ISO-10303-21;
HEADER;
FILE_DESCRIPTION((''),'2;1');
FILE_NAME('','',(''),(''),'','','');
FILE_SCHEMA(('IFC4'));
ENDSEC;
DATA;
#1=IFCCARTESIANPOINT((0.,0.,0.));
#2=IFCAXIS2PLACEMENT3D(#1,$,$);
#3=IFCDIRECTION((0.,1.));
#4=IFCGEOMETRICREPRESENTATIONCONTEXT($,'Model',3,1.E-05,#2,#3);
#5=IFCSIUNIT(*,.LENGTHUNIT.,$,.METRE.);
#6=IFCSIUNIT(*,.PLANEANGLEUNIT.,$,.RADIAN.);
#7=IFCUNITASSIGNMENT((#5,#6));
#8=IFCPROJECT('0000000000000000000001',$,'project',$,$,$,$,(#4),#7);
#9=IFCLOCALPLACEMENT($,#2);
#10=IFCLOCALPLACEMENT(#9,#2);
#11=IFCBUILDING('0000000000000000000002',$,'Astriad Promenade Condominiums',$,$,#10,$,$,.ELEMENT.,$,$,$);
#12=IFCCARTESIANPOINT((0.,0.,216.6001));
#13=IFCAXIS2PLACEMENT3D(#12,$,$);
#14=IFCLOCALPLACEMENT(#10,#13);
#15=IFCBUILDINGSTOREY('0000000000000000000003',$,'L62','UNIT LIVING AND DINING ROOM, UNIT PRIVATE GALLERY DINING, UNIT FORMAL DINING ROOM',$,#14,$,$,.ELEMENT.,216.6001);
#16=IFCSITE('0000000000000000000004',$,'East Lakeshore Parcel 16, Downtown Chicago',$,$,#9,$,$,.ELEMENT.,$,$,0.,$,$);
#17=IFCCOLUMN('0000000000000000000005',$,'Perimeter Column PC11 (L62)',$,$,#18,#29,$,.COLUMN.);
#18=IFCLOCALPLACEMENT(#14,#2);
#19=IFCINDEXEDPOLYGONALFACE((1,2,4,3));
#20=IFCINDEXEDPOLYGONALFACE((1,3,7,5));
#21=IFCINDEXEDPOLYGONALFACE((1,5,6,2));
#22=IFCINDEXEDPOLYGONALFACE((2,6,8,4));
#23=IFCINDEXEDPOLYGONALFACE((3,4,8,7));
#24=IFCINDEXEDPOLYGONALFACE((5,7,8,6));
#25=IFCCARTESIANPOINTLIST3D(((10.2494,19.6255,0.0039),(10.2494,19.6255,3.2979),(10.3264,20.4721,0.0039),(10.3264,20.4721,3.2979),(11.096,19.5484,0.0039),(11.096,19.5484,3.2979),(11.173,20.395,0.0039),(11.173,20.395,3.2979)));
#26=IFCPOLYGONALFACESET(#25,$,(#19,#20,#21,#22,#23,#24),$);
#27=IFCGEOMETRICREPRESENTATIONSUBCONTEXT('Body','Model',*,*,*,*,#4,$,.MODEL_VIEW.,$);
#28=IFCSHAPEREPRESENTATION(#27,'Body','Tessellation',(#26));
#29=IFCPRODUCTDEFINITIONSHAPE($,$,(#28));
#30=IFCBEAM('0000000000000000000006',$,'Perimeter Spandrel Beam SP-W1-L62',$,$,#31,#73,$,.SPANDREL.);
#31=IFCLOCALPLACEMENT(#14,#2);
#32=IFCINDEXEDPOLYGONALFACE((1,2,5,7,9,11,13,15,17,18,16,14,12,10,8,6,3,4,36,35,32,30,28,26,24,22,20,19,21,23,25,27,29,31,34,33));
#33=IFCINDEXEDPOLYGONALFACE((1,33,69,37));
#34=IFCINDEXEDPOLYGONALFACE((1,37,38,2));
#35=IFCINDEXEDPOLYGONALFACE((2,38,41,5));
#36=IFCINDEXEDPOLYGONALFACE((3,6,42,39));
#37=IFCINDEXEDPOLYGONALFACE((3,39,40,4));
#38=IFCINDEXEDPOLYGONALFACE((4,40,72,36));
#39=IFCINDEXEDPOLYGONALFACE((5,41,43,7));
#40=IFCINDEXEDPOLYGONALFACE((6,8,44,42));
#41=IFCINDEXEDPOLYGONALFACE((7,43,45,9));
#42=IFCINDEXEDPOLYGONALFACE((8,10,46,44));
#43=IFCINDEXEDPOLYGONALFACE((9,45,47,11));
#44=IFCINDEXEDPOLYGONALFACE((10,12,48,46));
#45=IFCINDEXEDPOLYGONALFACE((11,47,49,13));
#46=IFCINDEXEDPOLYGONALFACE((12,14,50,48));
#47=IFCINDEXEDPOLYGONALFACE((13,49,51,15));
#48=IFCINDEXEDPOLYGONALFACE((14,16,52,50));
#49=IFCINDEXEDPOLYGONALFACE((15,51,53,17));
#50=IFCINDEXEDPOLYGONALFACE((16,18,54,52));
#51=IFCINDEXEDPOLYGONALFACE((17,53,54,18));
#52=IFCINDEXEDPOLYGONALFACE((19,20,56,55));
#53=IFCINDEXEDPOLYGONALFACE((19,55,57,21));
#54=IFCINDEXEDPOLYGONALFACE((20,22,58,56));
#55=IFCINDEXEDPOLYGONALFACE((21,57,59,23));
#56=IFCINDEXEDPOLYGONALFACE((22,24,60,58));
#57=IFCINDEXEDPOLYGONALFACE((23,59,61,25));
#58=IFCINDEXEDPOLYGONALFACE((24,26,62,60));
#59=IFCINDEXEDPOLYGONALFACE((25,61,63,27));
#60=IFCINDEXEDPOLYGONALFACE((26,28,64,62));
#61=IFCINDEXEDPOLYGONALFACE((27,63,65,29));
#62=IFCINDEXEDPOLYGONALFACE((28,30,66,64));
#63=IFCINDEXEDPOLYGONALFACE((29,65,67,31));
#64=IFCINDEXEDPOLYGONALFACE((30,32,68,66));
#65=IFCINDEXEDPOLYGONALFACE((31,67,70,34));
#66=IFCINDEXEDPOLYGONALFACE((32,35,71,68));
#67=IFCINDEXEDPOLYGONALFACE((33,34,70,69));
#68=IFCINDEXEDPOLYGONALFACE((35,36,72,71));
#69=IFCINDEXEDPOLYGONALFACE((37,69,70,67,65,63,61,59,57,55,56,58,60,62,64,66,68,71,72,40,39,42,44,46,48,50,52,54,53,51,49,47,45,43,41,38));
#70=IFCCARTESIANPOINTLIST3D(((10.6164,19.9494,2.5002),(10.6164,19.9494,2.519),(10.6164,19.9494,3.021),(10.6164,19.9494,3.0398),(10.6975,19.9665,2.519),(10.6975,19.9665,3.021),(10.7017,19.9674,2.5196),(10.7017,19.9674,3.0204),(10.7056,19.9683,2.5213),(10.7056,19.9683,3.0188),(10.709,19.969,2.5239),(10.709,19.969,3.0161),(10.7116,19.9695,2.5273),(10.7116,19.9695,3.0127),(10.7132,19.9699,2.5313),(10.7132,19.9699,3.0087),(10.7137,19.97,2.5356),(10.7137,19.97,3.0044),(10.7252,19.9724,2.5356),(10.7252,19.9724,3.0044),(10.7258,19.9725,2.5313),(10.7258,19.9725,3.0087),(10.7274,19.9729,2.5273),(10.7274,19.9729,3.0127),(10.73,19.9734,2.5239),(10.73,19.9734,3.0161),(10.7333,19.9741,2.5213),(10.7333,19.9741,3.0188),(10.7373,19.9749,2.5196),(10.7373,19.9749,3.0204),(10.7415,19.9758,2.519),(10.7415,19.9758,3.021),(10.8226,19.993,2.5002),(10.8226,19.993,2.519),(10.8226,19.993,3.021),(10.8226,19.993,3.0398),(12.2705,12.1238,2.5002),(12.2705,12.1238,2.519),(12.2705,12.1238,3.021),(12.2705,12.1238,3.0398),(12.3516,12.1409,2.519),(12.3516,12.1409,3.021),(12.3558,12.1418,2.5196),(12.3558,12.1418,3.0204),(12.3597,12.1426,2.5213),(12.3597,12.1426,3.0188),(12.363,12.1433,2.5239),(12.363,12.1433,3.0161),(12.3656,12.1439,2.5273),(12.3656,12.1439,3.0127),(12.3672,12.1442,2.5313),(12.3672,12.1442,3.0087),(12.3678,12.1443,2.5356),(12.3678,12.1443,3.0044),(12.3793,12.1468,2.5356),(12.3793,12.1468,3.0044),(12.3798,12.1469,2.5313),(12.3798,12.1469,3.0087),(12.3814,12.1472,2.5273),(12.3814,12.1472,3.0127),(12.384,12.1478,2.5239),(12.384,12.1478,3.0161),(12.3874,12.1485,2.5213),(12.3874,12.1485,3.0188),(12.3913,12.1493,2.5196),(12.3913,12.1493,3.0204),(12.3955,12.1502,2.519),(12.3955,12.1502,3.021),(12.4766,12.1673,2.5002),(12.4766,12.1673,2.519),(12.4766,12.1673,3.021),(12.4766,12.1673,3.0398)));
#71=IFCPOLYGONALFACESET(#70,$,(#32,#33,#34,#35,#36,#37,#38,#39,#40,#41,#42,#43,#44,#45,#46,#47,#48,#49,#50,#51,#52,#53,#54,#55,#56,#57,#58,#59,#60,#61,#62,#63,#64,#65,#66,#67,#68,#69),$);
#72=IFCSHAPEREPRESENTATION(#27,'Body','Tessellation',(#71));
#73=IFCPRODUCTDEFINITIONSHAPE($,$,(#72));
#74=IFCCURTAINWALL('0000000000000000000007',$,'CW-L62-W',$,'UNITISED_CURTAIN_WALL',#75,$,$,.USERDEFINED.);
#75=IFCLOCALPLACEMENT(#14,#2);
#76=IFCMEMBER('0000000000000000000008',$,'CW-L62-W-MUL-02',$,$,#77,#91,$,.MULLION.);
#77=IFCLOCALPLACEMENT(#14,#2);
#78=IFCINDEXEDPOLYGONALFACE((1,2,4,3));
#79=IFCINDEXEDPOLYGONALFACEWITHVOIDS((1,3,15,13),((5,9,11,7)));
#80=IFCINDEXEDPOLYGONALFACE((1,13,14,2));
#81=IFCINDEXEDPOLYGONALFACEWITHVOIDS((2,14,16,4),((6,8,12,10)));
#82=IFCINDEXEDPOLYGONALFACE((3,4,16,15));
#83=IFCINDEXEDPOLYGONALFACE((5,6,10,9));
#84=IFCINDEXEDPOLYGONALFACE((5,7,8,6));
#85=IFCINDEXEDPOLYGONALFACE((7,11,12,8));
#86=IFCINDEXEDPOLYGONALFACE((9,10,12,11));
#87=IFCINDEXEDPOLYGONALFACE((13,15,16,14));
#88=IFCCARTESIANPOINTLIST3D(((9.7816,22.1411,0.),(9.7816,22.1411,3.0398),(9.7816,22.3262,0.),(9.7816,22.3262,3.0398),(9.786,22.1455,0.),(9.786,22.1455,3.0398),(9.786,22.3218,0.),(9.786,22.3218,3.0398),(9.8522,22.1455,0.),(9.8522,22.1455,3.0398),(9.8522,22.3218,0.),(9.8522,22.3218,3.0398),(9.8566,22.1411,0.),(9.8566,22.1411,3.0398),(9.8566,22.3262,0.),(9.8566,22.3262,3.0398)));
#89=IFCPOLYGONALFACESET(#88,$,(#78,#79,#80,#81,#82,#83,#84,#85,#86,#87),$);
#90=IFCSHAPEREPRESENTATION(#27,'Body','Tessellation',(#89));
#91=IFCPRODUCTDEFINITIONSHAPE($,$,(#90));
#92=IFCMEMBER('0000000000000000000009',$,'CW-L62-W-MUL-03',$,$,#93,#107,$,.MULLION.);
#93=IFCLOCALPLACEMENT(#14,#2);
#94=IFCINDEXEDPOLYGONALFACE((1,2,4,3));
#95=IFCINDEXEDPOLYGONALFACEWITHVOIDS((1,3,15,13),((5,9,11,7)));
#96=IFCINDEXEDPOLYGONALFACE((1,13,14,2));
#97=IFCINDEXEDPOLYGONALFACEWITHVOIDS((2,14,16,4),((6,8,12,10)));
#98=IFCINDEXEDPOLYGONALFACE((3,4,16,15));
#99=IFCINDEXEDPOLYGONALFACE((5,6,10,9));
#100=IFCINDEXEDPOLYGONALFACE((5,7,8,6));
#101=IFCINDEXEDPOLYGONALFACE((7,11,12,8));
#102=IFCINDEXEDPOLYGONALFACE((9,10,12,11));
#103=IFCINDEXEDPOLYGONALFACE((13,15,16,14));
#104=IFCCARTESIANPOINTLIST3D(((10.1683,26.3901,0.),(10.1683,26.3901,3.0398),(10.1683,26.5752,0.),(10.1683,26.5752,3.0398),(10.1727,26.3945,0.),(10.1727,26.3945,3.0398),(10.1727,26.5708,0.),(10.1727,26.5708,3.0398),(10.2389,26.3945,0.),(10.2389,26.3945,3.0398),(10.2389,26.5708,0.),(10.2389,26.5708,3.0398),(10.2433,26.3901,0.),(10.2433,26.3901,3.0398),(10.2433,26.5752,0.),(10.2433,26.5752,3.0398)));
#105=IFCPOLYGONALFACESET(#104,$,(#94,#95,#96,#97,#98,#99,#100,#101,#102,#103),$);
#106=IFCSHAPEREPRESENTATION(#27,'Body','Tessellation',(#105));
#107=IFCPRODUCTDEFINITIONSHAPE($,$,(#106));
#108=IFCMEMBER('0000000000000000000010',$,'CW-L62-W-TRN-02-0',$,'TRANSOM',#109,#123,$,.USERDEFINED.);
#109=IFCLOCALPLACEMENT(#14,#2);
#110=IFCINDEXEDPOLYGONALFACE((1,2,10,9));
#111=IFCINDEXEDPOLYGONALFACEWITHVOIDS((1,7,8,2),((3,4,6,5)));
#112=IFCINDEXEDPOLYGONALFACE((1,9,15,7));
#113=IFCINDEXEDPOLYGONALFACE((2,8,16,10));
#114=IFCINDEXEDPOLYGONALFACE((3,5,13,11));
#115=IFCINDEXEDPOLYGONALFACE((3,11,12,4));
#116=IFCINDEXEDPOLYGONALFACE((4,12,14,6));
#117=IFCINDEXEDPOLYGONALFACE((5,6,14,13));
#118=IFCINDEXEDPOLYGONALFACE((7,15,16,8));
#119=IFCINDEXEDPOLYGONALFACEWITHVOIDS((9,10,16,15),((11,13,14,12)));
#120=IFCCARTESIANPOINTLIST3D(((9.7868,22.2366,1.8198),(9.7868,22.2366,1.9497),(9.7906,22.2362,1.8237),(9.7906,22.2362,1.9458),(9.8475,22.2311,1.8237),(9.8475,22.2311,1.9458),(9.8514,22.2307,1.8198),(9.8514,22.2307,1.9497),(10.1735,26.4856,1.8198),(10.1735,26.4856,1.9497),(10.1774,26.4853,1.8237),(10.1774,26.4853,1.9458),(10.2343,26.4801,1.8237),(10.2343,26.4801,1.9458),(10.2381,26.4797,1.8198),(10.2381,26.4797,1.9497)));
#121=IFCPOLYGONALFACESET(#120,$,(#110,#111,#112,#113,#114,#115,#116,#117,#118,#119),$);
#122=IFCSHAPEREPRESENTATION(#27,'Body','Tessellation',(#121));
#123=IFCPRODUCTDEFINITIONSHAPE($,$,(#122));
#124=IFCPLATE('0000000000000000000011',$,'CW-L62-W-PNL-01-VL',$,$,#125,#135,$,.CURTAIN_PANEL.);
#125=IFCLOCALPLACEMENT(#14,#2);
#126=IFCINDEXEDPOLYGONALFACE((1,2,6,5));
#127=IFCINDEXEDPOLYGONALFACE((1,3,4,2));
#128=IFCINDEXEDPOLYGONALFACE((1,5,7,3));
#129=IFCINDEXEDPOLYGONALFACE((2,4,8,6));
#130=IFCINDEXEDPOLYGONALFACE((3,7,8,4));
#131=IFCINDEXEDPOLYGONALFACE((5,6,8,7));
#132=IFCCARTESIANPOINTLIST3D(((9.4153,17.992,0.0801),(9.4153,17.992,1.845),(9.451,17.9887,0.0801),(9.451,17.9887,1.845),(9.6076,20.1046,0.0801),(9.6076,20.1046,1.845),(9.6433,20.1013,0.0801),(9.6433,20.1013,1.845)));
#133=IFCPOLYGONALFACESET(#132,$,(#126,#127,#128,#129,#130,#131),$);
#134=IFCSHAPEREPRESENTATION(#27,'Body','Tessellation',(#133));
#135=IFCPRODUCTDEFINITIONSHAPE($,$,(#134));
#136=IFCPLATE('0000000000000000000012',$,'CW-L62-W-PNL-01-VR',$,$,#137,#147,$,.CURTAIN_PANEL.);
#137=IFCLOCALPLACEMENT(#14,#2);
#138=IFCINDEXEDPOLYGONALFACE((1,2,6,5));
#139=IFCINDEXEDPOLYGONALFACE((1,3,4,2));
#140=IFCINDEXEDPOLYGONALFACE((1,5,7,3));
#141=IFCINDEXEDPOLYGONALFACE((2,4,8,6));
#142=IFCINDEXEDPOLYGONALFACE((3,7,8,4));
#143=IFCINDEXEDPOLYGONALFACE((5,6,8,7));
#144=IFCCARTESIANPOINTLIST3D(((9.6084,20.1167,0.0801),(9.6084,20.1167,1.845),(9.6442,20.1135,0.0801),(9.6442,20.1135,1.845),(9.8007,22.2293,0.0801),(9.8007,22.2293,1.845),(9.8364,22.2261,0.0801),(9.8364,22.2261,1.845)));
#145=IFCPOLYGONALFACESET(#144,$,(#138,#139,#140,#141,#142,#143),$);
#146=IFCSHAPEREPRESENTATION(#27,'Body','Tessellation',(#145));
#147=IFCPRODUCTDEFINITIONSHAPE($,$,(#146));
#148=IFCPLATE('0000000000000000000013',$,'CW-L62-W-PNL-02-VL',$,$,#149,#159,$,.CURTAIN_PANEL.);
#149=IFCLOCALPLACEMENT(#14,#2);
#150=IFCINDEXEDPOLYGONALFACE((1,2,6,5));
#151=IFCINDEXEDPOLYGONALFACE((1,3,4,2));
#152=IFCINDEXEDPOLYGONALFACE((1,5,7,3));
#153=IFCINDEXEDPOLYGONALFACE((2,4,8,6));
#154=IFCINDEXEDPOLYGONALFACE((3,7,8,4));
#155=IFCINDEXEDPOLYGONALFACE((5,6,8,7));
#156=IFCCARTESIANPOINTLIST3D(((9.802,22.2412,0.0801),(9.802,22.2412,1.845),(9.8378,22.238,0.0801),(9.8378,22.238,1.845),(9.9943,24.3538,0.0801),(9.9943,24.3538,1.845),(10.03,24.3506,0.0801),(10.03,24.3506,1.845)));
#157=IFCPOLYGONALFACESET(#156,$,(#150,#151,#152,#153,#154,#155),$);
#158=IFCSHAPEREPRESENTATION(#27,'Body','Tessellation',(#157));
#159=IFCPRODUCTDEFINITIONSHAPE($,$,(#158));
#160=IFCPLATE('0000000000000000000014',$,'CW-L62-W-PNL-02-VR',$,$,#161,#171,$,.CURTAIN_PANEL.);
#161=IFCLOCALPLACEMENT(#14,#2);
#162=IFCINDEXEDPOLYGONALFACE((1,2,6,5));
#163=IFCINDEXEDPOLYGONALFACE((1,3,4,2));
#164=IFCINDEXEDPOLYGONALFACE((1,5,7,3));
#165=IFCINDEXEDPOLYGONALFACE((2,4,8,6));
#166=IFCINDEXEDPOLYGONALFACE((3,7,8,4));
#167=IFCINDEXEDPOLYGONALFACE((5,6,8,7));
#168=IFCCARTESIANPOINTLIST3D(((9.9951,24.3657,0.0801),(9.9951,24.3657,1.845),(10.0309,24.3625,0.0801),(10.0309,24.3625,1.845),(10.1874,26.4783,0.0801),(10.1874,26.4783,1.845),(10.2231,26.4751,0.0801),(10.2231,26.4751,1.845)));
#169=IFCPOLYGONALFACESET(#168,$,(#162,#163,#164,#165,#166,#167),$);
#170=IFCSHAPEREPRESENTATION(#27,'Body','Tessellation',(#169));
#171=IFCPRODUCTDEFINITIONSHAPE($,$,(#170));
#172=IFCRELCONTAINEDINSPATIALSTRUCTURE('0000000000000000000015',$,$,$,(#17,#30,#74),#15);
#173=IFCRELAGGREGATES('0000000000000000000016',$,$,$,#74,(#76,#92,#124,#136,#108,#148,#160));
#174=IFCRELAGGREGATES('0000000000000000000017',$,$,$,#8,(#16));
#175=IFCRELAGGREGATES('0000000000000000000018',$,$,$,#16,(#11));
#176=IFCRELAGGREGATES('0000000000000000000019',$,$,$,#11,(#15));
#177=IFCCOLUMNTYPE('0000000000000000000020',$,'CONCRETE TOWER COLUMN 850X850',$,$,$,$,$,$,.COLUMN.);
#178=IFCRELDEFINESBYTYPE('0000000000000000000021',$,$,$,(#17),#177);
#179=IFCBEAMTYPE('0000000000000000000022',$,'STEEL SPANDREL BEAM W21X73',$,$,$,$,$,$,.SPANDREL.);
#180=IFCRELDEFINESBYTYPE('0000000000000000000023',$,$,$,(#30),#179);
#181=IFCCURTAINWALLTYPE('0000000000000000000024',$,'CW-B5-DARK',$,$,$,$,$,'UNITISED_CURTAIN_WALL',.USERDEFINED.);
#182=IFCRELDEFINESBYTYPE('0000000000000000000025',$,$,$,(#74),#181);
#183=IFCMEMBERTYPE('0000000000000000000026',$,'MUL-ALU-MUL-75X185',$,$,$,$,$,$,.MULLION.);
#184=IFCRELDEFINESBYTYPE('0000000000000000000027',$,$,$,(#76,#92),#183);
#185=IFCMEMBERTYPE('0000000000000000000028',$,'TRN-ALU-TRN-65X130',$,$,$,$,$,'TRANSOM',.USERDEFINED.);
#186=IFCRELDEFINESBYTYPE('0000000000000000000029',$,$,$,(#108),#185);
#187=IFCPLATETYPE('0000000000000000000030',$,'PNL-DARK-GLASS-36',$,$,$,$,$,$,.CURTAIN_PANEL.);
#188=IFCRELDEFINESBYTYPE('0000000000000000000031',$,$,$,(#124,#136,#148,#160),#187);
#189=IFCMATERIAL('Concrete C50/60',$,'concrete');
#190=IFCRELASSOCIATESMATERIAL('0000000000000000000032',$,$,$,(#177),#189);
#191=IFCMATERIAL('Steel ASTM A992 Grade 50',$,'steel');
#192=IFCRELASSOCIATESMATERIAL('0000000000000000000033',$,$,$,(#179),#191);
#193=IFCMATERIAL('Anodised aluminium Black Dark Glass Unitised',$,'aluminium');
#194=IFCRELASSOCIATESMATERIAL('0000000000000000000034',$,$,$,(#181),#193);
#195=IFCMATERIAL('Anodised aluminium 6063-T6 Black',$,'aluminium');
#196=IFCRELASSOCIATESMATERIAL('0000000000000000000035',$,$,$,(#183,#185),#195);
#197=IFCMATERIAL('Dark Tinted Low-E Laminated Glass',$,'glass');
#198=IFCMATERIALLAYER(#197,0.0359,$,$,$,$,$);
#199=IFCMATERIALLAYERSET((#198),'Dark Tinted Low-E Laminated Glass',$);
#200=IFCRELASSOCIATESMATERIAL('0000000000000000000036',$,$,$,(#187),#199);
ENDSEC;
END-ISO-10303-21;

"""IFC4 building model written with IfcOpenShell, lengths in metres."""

from ifc_helpers import new_model, si_unit, direction, frame, origin, origin_2d, place, context, subcontext, project, spatial, rectangle, hollow_rectangle, i_section, extrude, source, transform, mapped, material, layer, layer_set, material_profile, profile_set, type_object, type_shapes, element, aggregate, save


model = new_model("IFC4")

# Units and contexts
model_context = context("Model", 3, precision=1e-05, world=origin(), true_north=direction((0.0, 1.0)))
body_context = subcontext(model_context, "Body", "Model", "MODEL_VIEW")
ifc_project = project(units=[si_unit("LENGTHUNIT", "METRE"), si_unit("PLANEANGLEUNIT", "RADIAN")], contexts=[model_context])

# Site, building, storey
site_placement = place(None, origin())
site = spatial("IfcSite", under=ifc_project, at=site_placement, Name="East Lakeshore Parcel 16, Downtown Chicago", CompositionType="ELEMENT", RefElevation=0.0)
building_placement = place(site_placement, origin())
building = spatial("IfcBuilding", under=site, at=building_placement, Name="Astriad Promenade Condominiums", CompositionType="ELEMENT")
storey_placement = place(building_placement, frame((0.0, 0.0, 216.6001)))
storey = spatial("IfcBuildingStorey", under=building, at=storey_placement, Name="L62", Description="UNIT LIVING AND DINING ROOM, UNIT PRIVATE GALLERY DINING, UNIT FORMAL DINING ROOM", CompositionType="ELEMENT", Elevation=216.6001)

# Column
ifc_material_1 = material(Name="Concrete C50/60", Category="concrete")
ifc_material_profile_1 = material_profile(ifc_material_1, rectangle(XDim=0.8501, YDim=0.8501, at=origin_2d()), Name="RC-COL-850X850")
ifc_profile_set_1 = profile_set([ifc_material_profile_1], Name="Concrete C50/60")
column_type = type_object("IfcColumnType", Name="CONCRETE TOWER COLUMN 850X850", PredefinedType="COLUMN", material=ifc_profile_set_1)
shared_shape_1 = source(origin(), body_context, "Body", "SweptSolid", [
    extrude(rectangle(XDim=0.8501, YDim=0.8501, at=origin_2d()), origin(), (0.0, 0.0, 1.0), 3.2939),
])
type_shapes(column_type, [shared_shape_1])
column_placement = place(storey_placement, frame((10.7112, 20.0103, 0.0039), z_axis=(0.0, 0.0, 1.0), x_axis=(0.995884, -0.090633, 0.0)))
element("IfcColumn", 1, at=column_placement, inside=storey, type_object=column_type, Name="Perimeter Column PC11 (L62)", PredefinedType="COLUMN", context=body_context, shape_type="MappedRepresentation", body=[
    mapped(shared_shape_1, transform((0.0, 0.0, 0.0), scale=1.0)),
])

# Beam
ifc_material_2 = material(Name="Steel ASTM A992 Grade 50", Category="steel")
ifc_material_profile_2 = material_profile(ifc_material_2, i_section(OverallWidth=0.2107, OverallDepth=0.5396, WebThickness=0.0117, FlangeThickness=0.0188, FilletRadius=0.0166, at=origin_2d()), Name="W21X73")
ifc_profile_set_2 = profile_set([ifc_material_profile_2], Name="Steel ASTM A992 Grade 50")
beam_type = type_object("IfcBeamType", Name="STEEL SPANDREL BEAM W21X73", PredefinedType="SPANDREL", material=ifc_profile_set_2)
shared_shape_2 = source(origin(), body_context, "Body", "SweptSolid", [
    extrude(i_section(OverallWidth=0.2107, OverallDepth=0.5396, WebThickness=0.0117, FlangeThickness=0.0188, FilletRadius=0.0166, at=origin_2d()), origin(), (0.0, 0.0, 1.0), 7.9985),
])
type_shapes(beam_type, [shared_shape_2])
beam_placement = place(storey_placement, frame((10.7195, 19.9712, 2.77), z_axis=(0.206793, -0.978385, 0.0), x_axis=(0.978385, 0.206793, 0.0)))
element("IfcBeam", 2, at=beam_placement, inside=storey, type_object=beam_type, Name="Perimeter Spandrel Beam SP-W1-L62", PredefinedType="SPANDREL", context=body_context, shape_type="MappedRepresentation", body=[
    mapped(shared_shape_2, transform((0.0, 0.0, 0.0), scale=1.0)),
])

# Curtain wall, members, plates
ifc_material_3 = material(Name="Anodised aluminium Black Dark Glass Unitised", Category="aluminium")
curtain_wall_type = type_object("IfcCurtainWallType", Name="CW-B5-DARK", ElementType="UNITISED_CURTAIN_WALL", PredefinedType="USERDEFINED", material=ifc_material_3)
curtain_wall_placement = place(storey_placement, origin())
curtain_wall = element("IfcCurtainWall", 3, at=curtain_wall_placement, inside=storey, type_object=curtain_wall_type, Name="CW-L62-W", ObjectType="UNITISED_CURTAIN_WALL", PredefinedType="USERDEFINED")
ifc_material_4 = material(Name="Anodised aluminium 6063-T6 Black", Category="aluminium")
ifc_material_profile_3 = material_profile(ifc_material_4, hollow_rectangle(XDim=0.075, YDim=0.1851, WallThickness=0.0044, at=origin_2d()), Name="ALU-MUL-75X185")
ifc_profile_set_3 = profile_set([ifc_material_profile_3], Name="Anodised aluminium 6063-T6 Black")
member_type_1 = type_object("IfcMemberType", Name="MUL-ALU-MUL-75X185", PredefinedType="MULLION", material=ifc_profile_set_3)
shared_shape_3 = source(origin(), body_context, "Body", "SweptSolid", [
    extrude(hollow_rectangle(XDim=0.075, YDim=0.1851, WallThickness=0.0044, at=origin_2d()), origin(), (0.0, 0.0, 1.0), 3.0398),
])
type_shapes(member_type_1, [shared_shape_3])
member_1_placement = place(storey_placement, frame((9.8191, 22.2336, 0.0), z_axis=(0.0, 0.0, 1.0), x_axis=(1.0, 0.0, 0.0)))
member_1 = element("IfcMember", 4, at=member_1_placement, type_object=member_type_1, Name="CW-L62-W-MUL-02", PredefinedType="MULLION", context=body_context, shape_type="MappedRepresentation", body=[
    mapped(shared_shape_3, transform((0.0, 0.0, 0.0), scale=1.0)),
])
member_2_placement = place(storey_placement, frame((10.2058, 26.4827, 0.0), z_axis=(0.0, 0.0, 1.0), x_axis=(1.0, 0.0, 0.0)))
member_2 = element("IfcMember", 5, at=member_2_placement, type_object=member_type_1, Name="CW-L62-W-MUL-03", PredefinedType="MULLION", context=body_context, shape_type="MappedRepresentation", body=[
    mapped(shared_shape_3, transform((0.0, 0.0, 0.0), scale=1.0)),
])
ifc_material_profile_4 = material_profile(ifc_material_4, hollow_rectangle(XDim=0.0649, YDim=0.1299, WallThickness=0.0039, at=origin_2d()), Name="ALU-TRN-65X130")
ifc_profile_set_4 = profile_set([ifc_material_profile_4], Name="Anodised aluminium 6063-T6 Black")
member_type_2 = type_object("IfcMemberType", Name="TRN-ALU-TRN-65X130", ElementType="TRANSOM", PredefinedType="USERDEFINED", material=ifc_profile_set_4)
shared_shape_4 = source(origin(), body_context, "Body", "SweptSolid", [
    extrude(hollow_rectangle(XDim=0.0649, YDim=0.1299, WallThickness=0.0039, at=origin_2d()), origin(), (0.0, 0.0, 1.0), 4.2666),
])
type_shapes(member_type_2, [shared_shape_4])
member_3_placement = place(storey_placement, frame((9.8191, 22.2336, 1.8848), z_axis=(0.090639, 0.995884, 0.0), x_axis=(-0.995884, 0.090639, 0.0)))
member_3 = element("IfcMember", 6, at=member_3_placement, type_object=member_type_2, Name="CW-L62-W-TRN-02-0", ObjectType="TRANSOM", PredefinedType="USERDEFINED", context=body_context, shape_type="MappedRepresentation", body=[
    mapped(shared_shape_4, transform((0.0, 0.0, 0.0), scale=1.0)),
])
ifc_material_5 = material(Name="Dark Tinted Low-E Laminated Glass", Category="glass")
ifc_layer_1 = layer(ifc_material_5, 0.0359)
ifc_layer_set_1 = layer_set([ifc_layer_1], Name="Dark Tinted Low-E Laminated Glass")
plate_type = type_object("IfcPlateType", Name="PNL-DARK-GLASS-36", PredefinedType="CURTAIN_PANEL", material=ifc_layer_set_1)
shared_shape_5 = source(origin(), body_context, "Body", "SweptSolid", [
    extrude(rectangle(XDim=2.1213, YDim=0.0359, at=origin_2d()), origin(), (0.0, 0.0, 1.0), 1.7649),
])
plate_1_placement = place(storey_placement, frame((9.5293, 19.0466, 0.0801), z_axis=(0.0, 0.0, 1.0), x_axis=(0.090633, 0.995884, 0.0)))
plate_1 = element("IfcPlate", 7, at=plate_1_placement, type_object=plate_type, Name="CW-L62-W-PNL-01-VL", PredefinedType="CURTAIN_PANEL", context=body_context, shape_type="MappedRepresentation", body=[
    mapped(shared_shape_5, transform((0.0, 0.0, 0.0), scale=1.0)),
])
plate_2_placement = place(storey_placement, frame((9.7224, 21.1714, 0.0801), z_axis=(0.0, 0.0, 1.0), x_axis=(0.090633, 0.995884, 0.0)))
plate_2 = element("IfcPlate", 8, at=plate_2_placement, type_object=plate_type, Name="CW-L62-W-PNL-01-VR", PredefinedType="CURTAIN_PANEL", context=body_context, shape_type="MappedRepresentation", body=[
    mapped(shared_shape_5, transform((0.0, 0.0, 0.0), scale=1.0)),
])
plate_3_placement = place(storey_placement, frame((9.916, 23.2959, 0.0801), z_axis=(0.0, 0.0, 1.0), x_axis=(0.090633, 0.995884, 0.0)))
plate_3 = element("IfcPlate", 9, at=plate_3_placement, type_object=plate_type, Name="CW-L62-W-PNL-02-VL", PredefinedType="CURTAIN_PANEL", context=body_context, shape_type="MappedRepresentation", body=[
    mapped(shared_shape_5, transform((0.0, 0.0, 0.0), scale=1.0)),
])
plate_4_placement = place(storey_placement, frame((10.1091, 25.4204, 0.0801), z_axis=(0.0, 0.0, 1.0), x_axis=(0.090633, 0.995884, 0.0)))
plate_4 = element("IfcPlate", 10, at=plate_4_placement, type_object=plate_type, Name="CW-L62-W-PNL-02-VR", PredefinedType="CURTAIN_PANEL", context=body_context, shape_type="MappedRepresentation", body=[
    mapped(shared_shape_5, transform((0.0, 0.0, 0.0), scale=1.0)),
])
aggregate(curtain_wall, [member_1, member_2, plate_1, plate_2, member_3, plate_3, plate_4])

save(model, "model.ifc")
